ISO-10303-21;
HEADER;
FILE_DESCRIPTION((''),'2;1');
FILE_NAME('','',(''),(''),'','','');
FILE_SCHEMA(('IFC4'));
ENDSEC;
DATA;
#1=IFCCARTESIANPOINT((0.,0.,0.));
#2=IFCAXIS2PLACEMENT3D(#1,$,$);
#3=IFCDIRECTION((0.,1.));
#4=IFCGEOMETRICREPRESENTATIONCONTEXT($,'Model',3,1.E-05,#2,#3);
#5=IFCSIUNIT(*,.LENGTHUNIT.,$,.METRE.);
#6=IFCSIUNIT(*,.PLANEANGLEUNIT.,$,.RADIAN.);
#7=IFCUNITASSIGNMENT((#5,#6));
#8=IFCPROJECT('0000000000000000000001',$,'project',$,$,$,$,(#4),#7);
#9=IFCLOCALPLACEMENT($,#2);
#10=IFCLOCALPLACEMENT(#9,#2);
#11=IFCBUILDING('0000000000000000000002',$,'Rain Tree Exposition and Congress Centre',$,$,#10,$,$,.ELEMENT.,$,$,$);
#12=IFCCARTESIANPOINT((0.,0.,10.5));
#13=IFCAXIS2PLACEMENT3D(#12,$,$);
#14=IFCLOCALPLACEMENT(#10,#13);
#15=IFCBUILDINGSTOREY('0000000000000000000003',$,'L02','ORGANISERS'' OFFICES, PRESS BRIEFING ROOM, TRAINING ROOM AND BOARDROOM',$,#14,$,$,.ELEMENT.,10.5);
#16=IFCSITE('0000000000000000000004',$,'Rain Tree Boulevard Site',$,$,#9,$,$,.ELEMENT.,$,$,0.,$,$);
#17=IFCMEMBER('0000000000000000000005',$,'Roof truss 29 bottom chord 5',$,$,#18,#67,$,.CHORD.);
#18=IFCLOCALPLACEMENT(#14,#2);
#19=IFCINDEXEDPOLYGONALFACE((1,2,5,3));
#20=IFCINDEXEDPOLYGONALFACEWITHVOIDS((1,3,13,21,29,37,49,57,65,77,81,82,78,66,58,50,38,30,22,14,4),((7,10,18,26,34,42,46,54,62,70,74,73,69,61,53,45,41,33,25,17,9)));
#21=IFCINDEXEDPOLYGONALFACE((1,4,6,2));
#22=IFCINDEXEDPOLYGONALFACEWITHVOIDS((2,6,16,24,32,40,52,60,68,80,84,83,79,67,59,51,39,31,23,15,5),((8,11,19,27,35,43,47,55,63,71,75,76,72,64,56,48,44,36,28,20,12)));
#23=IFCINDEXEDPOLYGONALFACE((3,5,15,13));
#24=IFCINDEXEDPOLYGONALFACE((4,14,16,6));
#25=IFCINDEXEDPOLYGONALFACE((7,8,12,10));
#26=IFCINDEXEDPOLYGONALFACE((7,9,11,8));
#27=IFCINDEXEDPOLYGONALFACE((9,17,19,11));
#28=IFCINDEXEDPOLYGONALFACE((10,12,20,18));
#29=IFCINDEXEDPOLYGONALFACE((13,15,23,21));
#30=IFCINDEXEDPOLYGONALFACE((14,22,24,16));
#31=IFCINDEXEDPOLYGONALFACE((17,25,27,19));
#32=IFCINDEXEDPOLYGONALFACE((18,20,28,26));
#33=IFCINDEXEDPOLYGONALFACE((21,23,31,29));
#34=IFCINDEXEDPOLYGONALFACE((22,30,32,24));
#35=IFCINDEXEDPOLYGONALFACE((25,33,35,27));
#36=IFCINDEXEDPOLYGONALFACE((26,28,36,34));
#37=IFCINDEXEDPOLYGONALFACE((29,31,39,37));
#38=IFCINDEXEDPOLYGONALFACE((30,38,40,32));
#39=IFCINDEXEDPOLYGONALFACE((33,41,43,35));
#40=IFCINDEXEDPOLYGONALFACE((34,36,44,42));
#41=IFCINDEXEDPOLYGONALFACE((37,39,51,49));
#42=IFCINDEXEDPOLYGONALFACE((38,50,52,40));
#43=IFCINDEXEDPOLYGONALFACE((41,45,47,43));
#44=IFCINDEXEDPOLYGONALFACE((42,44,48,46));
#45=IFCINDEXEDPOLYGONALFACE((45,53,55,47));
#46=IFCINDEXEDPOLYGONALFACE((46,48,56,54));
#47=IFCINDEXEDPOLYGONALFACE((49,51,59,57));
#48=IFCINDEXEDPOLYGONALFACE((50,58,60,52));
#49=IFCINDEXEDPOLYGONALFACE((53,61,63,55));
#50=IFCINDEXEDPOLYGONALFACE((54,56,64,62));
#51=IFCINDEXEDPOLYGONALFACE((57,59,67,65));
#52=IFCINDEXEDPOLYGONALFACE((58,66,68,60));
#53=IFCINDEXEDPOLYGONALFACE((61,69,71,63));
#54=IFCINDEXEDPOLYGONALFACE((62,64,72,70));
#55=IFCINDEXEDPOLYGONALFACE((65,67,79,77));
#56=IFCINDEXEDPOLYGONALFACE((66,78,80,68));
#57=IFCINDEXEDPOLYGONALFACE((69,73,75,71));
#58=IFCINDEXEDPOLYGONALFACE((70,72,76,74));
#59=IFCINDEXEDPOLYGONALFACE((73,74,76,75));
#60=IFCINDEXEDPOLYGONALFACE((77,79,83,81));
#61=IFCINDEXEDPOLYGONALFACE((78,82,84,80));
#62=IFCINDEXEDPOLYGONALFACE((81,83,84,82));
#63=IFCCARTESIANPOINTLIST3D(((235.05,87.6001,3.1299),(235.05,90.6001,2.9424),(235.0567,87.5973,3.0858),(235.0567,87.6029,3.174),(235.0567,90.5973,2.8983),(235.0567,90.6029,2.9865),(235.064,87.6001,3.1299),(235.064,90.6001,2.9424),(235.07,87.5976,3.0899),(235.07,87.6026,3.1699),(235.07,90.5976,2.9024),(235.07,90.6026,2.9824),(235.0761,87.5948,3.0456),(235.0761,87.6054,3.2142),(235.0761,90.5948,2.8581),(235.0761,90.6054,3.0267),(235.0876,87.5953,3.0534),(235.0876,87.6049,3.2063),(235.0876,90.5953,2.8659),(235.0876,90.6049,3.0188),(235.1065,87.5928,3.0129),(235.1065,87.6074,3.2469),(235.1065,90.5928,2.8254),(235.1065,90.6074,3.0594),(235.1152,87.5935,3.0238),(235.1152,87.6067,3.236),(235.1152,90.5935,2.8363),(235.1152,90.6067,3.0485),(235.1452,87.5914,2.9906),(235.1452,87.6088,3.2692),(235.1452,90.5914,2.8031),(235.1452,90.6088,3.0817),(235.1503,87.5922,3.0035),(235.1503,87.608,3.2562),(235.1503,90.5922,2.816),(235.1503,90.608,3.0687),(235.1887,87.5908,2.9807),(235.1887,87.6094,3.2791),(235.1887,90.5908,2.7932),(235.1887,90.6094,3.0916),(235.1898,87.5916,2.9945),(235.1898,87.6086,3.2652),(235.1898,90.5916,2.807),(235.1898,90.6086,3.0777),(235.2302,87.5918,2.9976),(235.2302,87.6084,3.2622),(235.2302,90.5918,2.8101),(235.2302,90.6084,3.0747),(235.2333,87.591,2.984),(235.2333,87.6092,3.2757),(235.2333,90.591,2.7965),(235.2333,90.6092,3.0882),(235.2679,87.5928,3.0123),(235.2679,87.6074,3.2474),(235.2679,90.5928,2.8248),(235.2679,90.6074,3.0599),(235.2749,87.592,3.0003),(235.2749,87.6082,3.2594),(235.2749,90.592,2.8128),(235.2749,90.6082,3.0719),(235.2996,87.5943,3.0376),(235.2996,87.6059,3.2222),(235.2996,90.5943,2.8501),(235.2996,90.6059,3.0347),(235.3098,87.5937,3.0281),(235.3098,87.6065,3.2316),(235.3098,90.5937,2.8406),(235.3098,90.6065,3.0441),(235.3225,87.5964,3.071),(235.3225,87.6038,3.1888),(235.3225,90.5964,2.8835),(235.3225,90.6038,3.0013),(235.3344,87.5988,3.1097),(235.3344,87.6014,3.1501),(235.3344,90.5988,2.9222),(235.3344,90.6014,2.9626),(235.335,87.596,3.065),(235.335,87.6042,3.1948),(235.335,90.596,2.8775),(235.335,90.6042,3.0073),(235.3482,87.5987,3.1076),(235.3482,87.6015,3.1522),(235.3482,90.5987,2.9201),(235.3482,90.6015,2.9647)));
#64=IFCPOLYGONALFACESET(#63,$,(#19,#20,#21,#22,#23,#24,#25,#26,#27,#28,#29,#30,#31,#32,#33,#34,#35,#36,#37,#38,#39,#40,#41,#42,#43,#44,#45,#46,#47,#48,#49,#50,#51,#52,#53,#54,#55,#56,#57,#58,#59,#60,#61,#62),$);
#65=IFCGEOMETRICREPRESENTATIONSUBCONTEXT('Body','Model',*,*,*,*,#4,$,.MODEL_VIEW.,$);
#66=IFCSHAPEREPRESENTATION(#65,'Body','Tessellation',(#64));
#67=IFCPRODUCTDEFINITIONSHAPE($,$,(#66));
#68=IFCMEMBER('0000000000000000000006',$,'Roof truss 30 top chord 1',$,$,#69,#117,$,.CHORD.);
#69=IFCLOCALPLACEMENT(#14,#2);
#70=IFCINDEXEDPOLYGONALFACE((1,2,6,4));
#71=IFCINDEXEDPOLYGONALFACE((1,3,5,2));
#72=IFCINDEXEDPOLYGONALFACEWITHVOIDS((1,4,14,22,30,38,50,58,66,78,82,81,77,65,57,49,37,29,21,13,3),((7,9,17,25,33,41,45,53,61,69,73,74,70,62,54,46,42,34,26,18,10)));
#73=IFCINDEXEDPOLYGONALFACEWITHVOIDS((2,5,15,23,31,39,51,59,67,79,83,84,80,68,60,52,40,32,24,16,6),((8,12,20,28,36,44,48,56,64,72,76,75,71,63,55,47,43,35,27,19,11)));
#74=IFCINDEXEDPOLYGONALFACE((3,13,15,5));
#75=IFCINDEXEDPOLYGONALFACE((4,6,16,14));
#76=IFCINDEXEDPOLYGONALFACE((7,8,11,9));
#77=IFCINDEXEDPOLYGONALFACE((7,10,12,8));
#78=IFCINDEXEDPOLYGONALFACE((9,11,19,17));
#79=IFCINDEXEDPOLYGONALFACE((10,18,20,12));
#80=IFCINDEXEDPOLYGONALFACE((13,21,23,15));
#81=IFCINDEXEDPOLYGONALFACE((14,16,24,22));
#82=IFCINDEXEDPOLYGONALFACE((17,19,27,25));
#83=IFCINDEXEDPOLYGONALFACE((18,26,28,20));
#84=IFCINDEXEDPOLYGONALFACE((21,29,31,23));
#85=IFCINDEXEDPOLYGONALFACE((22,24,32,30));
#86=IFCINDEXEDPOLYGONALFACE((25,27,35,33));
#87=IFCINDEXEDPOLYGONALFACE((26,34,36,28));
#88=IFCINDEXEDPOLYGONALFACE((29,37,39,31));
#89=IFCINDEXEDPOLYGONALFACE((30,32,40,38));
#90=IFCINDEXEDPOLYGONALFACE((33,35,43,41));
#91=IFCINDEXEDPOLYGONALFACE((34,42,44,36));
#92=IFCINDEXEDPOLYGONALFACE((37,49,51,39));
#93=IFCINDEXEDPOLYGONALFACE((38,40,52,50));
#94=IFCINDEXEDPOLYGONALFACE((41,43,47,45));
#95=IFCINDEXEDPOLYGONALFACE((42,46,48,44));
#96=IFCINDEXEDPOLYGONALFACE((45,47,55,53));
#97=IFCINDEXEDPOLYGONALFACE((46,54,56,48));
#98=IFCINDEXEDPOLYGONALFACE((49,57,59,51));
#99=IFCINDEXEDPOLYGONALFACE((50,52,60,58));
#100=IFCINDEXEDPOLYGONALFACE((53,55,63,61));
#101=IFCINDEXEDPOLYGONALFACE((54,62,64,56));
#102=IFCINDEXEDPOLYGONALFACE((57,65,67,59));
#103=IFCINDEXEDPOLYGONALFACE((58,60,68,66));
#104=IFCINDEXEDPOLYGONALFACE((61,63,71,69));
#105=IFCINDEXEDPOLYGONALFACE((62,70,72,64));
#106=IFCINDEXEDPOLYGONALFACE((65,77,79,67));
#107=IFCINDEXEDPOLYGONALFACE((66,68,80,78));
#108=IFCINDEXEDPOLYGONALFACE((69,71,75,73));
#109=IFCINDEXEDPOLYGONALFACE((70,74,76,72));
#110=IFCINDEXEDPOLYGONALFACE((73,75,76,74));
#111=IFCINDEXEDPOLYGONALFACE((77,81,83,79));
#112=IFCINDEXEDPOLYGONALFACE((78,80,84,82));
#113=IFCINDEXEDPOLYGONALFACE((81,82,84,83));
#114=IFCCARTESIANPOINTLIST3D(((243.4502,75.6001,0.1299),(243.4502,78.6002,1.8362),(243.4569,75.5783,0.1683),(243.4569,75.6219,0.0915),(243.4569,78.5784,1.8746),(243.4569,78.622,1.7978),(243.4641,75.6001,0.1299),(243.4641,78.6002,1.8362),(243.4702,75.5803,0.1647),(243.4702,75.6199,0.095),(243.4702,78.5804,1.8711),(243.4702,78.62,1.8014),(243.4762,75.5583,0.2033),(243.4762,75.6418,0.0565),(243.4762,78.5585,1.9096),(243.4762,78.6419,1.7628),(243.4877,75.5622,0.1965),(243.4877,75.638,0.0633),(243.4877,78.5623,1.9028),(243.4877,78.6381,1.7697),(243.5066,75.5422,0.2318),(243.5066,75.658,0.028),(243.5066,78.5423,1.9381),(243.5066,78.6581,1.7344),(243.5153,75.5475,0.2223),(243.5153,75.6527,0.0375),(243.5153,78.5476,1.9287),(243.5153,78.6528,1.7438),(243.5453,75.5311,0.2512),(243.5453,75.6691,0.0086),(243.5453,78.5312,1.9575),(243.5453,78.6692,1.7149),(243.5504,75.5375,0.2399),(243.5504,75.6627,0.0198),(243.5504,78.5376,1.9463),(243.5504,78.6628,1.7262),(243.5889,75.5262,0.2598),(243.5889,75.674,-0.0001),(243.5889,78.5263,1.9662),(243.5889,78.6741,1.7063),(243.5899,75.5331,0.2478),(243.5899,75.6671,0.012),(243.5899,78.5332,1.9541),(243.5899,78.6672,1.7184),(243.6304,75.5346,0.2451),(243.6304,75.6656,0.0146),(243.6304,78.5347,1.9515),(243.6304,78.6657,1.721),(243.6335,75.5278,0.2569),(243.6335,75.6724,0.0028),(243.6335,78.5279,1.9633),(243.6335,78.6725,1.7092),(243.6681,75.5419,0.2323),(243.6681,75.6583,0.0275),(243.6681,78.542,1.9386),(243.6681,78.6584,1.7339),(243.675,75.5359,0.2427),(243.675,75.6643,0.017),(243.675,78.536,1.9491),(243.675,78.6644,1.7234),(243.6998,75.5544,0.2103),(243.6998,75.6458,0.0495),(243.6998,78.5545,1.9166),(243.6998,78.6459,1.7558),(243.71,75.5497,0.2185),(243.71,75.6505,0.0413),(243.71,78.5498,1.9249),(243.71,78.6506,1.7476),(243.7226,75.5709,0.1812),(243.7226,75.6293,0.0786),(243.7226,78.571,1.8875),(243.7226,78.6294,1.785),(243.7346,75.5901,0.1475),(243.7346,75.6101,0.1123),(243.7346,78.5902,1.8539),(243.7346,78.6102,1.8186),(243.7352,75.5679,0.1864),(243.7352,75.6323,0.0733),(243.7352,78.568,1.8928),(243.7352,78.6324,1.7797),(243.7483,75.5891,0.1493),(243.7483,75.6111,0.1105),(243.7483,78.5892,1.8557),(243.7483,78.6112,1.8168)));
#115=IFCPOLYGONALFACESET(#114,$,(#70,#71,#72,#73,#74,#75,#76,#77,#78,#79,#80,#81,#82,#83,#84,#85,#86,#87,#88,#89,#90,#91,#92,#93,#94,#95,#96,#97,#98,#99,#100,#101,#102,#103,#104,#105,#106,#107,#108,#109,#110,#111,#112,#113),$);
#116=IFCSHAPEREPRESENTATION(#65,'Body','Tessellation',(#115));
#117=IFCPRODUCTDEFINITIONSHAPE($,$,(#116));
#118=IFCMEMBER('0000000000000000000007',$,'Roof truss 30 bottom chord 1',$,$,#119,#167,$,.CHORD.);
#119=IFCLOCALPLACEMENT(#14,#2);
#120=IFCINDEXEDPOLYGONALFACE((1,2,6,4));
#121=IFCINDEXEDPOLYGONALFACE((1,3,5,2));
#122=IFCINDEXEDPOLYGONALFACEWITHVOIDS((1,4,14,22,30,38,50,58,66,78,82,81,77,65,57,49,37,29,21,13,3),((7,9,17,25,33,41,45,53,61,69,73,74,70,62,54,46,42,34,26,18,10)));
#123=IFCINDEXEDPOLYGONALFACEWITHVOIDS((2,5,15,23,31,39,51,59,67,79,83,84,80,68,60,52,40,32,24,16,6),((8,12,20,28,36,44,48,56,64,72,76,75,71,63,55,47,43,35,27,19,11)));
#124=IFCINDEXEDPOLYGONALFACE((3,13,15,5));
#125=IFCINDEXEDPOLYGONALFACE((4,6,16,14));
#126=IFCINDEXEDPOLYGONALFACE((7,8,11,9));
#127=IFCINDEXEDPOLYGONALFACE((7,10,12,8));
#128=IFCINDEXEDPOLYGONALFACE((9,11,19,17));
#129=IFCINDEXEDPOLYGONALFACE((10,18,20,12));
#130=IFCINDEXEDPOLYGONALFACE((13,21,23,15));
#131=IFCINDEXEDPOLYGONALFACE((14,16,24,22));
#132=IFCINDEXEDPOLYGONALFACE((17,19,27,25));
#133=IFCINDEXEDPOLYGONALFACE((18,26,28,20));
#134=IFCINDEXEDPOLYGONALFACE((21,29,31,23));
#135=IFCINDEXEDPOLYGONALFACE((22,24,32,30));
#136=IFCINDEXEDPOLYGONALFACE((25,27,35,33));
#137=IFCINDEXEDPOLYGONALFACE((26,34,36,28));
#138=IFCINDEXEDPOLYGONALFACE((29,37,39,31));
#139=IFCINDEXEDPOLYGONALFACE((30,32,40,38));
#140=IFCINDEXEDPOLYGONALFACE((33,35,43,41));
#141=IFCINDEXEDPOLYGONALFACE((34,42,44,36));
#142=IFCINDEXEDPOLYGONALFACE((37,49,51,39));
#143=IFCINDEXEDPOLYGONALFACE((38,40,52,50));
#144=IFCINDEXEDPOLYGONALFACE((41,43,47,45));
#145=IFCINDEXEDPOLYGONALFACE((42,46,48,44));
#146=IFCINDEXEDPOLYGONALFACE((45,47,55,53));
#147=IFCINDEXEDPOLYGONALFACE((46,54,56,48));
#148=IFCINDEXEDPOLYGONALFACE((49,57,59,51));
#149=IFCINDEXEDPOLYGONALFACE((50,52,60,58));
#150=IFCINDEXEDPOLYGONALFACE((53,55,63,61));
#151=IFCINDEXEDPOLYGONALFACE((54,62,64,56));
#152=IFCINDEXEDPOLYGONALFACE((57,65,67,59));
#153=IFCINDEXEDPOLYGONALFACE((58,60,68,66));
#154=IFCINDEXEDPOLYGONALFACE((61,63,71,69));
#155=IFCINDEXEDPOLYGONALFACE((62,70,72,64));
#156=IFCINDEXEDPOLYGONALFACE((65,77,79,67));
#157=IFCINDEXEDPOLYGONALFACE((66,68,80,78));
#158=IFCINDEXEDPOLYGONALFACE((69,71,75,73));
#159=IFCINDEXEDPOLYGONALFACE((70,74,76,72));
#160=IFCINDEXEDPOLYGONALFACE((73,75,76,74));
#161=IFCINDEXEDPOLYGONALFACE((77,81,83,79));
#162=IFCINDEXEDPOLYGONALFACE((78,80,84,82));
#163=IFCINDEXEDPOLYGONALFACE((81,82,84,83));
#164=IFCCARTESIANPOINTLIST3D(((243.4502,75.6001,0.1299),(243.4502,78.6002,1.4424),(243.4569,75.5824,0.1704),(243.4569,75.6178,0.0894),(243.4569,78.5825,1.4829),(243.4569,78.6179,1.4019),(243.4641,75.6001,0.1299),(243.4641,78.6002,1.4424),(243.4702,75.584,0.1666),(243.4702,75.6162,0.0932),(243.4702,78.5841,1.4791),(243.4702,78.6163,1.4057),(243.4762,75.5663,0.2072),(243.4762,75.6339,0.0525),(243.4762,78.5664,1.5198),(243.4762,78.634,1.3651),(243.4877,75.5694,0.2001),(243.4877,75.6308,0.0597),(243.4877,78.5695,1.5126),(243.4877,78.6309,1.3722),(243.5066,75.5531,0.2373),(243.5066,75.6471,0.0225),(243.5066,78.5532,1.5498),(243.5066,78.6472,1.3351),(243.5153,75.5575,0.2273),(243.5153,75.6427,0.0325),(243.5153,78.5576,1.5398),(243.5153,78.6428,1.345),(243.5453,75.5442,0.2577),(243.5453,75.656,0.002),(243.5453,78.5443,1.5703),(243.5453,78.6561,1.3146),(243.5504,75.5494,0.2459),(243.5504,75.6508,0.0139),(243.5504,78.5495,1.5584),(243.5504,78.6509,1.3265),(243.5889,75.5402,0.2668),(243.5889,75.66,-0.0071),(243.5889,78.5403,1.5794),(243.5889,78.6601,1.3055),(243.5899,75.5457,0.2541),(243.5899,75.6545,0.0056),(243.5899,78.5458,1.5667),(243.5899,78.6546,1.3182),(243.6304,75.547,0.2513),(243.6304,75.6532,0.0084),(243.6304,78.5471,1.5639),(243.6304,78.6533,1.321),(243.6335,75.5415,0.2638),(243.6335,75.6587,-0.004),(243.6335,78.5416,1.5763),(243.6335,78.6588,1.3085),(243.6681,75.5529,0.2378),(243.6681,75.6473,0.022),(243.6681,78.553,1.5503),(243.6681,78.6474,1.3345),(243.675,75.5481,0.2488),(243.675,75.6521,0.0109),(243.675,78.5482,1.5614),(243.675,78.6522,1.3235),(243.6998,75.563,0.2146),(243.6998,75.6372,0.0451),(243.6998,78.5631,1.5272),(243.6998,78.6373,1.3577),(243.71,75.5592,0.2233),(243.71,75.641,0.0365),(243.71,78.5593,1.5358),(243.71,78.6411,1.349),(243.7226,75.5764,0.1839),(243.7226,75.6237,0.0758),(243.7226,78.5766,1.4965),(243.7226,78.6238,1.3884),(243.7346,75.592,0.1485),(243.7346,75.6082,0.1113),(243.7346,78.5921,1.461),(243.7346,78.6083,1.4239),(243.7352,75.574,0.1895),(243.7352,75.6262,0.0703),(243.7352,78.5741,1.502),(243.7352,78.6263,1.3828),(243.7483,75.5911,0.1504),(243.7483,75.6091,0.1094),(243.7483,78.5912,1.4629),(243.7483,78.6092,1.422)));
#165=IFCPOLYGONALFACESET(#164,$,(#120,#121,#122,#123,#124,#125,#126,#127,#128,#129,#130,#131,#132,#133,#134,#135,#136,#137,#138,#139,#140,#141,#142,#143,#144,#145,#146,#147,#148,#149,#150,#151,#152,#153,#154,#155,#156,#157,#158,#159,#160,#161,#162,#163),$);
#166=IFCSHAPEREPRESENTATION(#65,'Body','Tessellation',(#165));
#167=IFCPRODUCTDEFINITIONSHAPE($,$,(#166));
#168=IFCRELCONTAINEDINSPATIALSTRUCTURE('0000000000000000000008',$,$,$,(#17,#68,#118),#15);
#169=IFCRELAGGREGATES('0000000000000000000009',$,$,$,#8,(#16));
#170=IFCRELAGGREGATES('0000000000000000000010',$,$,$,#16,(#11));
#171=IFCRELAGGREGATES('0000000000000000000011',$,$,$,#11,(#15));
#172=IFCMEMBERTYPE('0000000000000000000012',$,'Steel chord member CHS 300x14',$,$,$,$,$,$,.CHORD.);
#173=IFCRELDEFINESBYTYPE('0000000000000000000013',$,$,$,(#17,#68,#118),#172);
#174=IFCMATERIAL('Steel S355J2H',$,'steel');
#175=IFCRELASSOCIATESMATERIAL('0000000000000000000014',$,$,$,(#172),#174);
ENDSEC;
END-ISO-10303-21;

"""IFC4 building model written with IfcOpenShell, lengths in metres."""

from ifc_helpers import new_model, si_unit, direction, frame, origin, origin_2d, place, context, subcontext, project, spatial, hollow_circle, extrude, material, material_profile, profile_set, type_object, element, save


model = new_model("IFC4")

# Units and contexts
model_context = context("Model", 3, precision=1e-05, world=origin(), true_north=direction((0.0, 1.0)))
body_context = subcontext(model_context, "Body", "Model", "MODEL_VIEW")
ifc_project = project(units=[si_unit("LENGTHUNIT", "METRE"), si_unit("PLANEANGLEUNIT", "RADIAN")], contexts=[model_context])

# Site, building, storey
site_placement = place(None, origin())
site = spatial("IfcSite", under=ifc_project, at=site_placement, Name="Rain Tree Boulevard Site", CompositionType="ELEMENT", RefElevation=0.0)
building_placement = place(site_placement, origin())
building = spatial("IfcBuilding", under=site, at=building_placement, Name="Rain Tree Exposition and Congress Centre", CompositionType="ELEMENT")
storey_placement = place(building_placement, frame((0.0, 0.0, 10.5)))
storey = spatial("IfcBuildingStorey", under=building, at=storey_placement, Name="L02", Description="ORGANISERS' OFFICES, PRESS BRIEFING ROOM, TRAINING ROOM AND BOARDROOM", CompositionType="ELEMENT", Elevation=10.5)

# Members
ifc_material_1 = material(Name="Steel S355J2H", Category="steel")
ifc_material_profile_1 = material_profile(ifc_material_1, hollow_circle(Radius=0.1499, WallThickness=0.0139, at=origin_2d()), Name="CHS 300x14")
ifc_profile_set_1 = profile_set([ifc_material_profile_1], Name="Steel S355J2H")
member_type_1 = type_object("IfcMemberType", Name="Steel chord member CHS 300x14", PredefinedType="CHORD", material=ifc_profile_set_1)
member_1_placement = place(storey_placement, frame((235.2, 87.6001, 3.1299), z_axis=(0.0, 0.998053, -0.062378), x_axis=(-1.0, 0.0, 0.0)))
element("IfcMember", 1, at=member_1_placement, inside=storey, type_object=member_type_1, Name="Roof truss 29 bottom chord 5", PredefinedType="CHORD", context=body_context, shape_type="SweptSolid", body=[
    extrude(hollow_circle(Radius=0.1499, WallThickness=0.0139, at=origin_2d()), origin(), (0.0, 0.0, 1.0), 3.0059),
])
member_2_placement = place(storey_placement, frame((243.6001, 75.6001, 0.1299), z_axis=(0.0, 0.869238, 0.494393), x_axis=(-1.0, 0.0, 0.0)))
element("IfcMember", 2, at=member_2_placement, inside=storey, type_object=member_type_1, Name="Roof truss 30 top chord 1", PredefinedType="CHORD", context=body_context, shape_type="SweptSolid", body=[
    extrude(hollow_circle(Radius=0.1499, WallThickness=0.0139, at=origin_2d()), origin(), (0.0, 0.0, 1.0), 3.4514),
])
member_3_placement = place(storey_placement, frame((243.6001, 75.6001, 0.1299), z_axis=(0.0, 0.916157, 0.400819), x_axis=(-1.0, 0.0, 0.0)))
element("IfcMember", 3, at=member_3_placement, inside=storey, type_object=member_type_1, Name="Roof truss 30 bottom chord 1", PredefinedType="CHORD", context=body_context, shape_type="SweptSolid", body=[
    extrude(hollow_circle(Radius=0.1499, WallThickness=0.0139, at=origin_2d()), origin(), (0.0, 0.0, 1.0), 3.2747),
])

save(model, "model.ifc")
